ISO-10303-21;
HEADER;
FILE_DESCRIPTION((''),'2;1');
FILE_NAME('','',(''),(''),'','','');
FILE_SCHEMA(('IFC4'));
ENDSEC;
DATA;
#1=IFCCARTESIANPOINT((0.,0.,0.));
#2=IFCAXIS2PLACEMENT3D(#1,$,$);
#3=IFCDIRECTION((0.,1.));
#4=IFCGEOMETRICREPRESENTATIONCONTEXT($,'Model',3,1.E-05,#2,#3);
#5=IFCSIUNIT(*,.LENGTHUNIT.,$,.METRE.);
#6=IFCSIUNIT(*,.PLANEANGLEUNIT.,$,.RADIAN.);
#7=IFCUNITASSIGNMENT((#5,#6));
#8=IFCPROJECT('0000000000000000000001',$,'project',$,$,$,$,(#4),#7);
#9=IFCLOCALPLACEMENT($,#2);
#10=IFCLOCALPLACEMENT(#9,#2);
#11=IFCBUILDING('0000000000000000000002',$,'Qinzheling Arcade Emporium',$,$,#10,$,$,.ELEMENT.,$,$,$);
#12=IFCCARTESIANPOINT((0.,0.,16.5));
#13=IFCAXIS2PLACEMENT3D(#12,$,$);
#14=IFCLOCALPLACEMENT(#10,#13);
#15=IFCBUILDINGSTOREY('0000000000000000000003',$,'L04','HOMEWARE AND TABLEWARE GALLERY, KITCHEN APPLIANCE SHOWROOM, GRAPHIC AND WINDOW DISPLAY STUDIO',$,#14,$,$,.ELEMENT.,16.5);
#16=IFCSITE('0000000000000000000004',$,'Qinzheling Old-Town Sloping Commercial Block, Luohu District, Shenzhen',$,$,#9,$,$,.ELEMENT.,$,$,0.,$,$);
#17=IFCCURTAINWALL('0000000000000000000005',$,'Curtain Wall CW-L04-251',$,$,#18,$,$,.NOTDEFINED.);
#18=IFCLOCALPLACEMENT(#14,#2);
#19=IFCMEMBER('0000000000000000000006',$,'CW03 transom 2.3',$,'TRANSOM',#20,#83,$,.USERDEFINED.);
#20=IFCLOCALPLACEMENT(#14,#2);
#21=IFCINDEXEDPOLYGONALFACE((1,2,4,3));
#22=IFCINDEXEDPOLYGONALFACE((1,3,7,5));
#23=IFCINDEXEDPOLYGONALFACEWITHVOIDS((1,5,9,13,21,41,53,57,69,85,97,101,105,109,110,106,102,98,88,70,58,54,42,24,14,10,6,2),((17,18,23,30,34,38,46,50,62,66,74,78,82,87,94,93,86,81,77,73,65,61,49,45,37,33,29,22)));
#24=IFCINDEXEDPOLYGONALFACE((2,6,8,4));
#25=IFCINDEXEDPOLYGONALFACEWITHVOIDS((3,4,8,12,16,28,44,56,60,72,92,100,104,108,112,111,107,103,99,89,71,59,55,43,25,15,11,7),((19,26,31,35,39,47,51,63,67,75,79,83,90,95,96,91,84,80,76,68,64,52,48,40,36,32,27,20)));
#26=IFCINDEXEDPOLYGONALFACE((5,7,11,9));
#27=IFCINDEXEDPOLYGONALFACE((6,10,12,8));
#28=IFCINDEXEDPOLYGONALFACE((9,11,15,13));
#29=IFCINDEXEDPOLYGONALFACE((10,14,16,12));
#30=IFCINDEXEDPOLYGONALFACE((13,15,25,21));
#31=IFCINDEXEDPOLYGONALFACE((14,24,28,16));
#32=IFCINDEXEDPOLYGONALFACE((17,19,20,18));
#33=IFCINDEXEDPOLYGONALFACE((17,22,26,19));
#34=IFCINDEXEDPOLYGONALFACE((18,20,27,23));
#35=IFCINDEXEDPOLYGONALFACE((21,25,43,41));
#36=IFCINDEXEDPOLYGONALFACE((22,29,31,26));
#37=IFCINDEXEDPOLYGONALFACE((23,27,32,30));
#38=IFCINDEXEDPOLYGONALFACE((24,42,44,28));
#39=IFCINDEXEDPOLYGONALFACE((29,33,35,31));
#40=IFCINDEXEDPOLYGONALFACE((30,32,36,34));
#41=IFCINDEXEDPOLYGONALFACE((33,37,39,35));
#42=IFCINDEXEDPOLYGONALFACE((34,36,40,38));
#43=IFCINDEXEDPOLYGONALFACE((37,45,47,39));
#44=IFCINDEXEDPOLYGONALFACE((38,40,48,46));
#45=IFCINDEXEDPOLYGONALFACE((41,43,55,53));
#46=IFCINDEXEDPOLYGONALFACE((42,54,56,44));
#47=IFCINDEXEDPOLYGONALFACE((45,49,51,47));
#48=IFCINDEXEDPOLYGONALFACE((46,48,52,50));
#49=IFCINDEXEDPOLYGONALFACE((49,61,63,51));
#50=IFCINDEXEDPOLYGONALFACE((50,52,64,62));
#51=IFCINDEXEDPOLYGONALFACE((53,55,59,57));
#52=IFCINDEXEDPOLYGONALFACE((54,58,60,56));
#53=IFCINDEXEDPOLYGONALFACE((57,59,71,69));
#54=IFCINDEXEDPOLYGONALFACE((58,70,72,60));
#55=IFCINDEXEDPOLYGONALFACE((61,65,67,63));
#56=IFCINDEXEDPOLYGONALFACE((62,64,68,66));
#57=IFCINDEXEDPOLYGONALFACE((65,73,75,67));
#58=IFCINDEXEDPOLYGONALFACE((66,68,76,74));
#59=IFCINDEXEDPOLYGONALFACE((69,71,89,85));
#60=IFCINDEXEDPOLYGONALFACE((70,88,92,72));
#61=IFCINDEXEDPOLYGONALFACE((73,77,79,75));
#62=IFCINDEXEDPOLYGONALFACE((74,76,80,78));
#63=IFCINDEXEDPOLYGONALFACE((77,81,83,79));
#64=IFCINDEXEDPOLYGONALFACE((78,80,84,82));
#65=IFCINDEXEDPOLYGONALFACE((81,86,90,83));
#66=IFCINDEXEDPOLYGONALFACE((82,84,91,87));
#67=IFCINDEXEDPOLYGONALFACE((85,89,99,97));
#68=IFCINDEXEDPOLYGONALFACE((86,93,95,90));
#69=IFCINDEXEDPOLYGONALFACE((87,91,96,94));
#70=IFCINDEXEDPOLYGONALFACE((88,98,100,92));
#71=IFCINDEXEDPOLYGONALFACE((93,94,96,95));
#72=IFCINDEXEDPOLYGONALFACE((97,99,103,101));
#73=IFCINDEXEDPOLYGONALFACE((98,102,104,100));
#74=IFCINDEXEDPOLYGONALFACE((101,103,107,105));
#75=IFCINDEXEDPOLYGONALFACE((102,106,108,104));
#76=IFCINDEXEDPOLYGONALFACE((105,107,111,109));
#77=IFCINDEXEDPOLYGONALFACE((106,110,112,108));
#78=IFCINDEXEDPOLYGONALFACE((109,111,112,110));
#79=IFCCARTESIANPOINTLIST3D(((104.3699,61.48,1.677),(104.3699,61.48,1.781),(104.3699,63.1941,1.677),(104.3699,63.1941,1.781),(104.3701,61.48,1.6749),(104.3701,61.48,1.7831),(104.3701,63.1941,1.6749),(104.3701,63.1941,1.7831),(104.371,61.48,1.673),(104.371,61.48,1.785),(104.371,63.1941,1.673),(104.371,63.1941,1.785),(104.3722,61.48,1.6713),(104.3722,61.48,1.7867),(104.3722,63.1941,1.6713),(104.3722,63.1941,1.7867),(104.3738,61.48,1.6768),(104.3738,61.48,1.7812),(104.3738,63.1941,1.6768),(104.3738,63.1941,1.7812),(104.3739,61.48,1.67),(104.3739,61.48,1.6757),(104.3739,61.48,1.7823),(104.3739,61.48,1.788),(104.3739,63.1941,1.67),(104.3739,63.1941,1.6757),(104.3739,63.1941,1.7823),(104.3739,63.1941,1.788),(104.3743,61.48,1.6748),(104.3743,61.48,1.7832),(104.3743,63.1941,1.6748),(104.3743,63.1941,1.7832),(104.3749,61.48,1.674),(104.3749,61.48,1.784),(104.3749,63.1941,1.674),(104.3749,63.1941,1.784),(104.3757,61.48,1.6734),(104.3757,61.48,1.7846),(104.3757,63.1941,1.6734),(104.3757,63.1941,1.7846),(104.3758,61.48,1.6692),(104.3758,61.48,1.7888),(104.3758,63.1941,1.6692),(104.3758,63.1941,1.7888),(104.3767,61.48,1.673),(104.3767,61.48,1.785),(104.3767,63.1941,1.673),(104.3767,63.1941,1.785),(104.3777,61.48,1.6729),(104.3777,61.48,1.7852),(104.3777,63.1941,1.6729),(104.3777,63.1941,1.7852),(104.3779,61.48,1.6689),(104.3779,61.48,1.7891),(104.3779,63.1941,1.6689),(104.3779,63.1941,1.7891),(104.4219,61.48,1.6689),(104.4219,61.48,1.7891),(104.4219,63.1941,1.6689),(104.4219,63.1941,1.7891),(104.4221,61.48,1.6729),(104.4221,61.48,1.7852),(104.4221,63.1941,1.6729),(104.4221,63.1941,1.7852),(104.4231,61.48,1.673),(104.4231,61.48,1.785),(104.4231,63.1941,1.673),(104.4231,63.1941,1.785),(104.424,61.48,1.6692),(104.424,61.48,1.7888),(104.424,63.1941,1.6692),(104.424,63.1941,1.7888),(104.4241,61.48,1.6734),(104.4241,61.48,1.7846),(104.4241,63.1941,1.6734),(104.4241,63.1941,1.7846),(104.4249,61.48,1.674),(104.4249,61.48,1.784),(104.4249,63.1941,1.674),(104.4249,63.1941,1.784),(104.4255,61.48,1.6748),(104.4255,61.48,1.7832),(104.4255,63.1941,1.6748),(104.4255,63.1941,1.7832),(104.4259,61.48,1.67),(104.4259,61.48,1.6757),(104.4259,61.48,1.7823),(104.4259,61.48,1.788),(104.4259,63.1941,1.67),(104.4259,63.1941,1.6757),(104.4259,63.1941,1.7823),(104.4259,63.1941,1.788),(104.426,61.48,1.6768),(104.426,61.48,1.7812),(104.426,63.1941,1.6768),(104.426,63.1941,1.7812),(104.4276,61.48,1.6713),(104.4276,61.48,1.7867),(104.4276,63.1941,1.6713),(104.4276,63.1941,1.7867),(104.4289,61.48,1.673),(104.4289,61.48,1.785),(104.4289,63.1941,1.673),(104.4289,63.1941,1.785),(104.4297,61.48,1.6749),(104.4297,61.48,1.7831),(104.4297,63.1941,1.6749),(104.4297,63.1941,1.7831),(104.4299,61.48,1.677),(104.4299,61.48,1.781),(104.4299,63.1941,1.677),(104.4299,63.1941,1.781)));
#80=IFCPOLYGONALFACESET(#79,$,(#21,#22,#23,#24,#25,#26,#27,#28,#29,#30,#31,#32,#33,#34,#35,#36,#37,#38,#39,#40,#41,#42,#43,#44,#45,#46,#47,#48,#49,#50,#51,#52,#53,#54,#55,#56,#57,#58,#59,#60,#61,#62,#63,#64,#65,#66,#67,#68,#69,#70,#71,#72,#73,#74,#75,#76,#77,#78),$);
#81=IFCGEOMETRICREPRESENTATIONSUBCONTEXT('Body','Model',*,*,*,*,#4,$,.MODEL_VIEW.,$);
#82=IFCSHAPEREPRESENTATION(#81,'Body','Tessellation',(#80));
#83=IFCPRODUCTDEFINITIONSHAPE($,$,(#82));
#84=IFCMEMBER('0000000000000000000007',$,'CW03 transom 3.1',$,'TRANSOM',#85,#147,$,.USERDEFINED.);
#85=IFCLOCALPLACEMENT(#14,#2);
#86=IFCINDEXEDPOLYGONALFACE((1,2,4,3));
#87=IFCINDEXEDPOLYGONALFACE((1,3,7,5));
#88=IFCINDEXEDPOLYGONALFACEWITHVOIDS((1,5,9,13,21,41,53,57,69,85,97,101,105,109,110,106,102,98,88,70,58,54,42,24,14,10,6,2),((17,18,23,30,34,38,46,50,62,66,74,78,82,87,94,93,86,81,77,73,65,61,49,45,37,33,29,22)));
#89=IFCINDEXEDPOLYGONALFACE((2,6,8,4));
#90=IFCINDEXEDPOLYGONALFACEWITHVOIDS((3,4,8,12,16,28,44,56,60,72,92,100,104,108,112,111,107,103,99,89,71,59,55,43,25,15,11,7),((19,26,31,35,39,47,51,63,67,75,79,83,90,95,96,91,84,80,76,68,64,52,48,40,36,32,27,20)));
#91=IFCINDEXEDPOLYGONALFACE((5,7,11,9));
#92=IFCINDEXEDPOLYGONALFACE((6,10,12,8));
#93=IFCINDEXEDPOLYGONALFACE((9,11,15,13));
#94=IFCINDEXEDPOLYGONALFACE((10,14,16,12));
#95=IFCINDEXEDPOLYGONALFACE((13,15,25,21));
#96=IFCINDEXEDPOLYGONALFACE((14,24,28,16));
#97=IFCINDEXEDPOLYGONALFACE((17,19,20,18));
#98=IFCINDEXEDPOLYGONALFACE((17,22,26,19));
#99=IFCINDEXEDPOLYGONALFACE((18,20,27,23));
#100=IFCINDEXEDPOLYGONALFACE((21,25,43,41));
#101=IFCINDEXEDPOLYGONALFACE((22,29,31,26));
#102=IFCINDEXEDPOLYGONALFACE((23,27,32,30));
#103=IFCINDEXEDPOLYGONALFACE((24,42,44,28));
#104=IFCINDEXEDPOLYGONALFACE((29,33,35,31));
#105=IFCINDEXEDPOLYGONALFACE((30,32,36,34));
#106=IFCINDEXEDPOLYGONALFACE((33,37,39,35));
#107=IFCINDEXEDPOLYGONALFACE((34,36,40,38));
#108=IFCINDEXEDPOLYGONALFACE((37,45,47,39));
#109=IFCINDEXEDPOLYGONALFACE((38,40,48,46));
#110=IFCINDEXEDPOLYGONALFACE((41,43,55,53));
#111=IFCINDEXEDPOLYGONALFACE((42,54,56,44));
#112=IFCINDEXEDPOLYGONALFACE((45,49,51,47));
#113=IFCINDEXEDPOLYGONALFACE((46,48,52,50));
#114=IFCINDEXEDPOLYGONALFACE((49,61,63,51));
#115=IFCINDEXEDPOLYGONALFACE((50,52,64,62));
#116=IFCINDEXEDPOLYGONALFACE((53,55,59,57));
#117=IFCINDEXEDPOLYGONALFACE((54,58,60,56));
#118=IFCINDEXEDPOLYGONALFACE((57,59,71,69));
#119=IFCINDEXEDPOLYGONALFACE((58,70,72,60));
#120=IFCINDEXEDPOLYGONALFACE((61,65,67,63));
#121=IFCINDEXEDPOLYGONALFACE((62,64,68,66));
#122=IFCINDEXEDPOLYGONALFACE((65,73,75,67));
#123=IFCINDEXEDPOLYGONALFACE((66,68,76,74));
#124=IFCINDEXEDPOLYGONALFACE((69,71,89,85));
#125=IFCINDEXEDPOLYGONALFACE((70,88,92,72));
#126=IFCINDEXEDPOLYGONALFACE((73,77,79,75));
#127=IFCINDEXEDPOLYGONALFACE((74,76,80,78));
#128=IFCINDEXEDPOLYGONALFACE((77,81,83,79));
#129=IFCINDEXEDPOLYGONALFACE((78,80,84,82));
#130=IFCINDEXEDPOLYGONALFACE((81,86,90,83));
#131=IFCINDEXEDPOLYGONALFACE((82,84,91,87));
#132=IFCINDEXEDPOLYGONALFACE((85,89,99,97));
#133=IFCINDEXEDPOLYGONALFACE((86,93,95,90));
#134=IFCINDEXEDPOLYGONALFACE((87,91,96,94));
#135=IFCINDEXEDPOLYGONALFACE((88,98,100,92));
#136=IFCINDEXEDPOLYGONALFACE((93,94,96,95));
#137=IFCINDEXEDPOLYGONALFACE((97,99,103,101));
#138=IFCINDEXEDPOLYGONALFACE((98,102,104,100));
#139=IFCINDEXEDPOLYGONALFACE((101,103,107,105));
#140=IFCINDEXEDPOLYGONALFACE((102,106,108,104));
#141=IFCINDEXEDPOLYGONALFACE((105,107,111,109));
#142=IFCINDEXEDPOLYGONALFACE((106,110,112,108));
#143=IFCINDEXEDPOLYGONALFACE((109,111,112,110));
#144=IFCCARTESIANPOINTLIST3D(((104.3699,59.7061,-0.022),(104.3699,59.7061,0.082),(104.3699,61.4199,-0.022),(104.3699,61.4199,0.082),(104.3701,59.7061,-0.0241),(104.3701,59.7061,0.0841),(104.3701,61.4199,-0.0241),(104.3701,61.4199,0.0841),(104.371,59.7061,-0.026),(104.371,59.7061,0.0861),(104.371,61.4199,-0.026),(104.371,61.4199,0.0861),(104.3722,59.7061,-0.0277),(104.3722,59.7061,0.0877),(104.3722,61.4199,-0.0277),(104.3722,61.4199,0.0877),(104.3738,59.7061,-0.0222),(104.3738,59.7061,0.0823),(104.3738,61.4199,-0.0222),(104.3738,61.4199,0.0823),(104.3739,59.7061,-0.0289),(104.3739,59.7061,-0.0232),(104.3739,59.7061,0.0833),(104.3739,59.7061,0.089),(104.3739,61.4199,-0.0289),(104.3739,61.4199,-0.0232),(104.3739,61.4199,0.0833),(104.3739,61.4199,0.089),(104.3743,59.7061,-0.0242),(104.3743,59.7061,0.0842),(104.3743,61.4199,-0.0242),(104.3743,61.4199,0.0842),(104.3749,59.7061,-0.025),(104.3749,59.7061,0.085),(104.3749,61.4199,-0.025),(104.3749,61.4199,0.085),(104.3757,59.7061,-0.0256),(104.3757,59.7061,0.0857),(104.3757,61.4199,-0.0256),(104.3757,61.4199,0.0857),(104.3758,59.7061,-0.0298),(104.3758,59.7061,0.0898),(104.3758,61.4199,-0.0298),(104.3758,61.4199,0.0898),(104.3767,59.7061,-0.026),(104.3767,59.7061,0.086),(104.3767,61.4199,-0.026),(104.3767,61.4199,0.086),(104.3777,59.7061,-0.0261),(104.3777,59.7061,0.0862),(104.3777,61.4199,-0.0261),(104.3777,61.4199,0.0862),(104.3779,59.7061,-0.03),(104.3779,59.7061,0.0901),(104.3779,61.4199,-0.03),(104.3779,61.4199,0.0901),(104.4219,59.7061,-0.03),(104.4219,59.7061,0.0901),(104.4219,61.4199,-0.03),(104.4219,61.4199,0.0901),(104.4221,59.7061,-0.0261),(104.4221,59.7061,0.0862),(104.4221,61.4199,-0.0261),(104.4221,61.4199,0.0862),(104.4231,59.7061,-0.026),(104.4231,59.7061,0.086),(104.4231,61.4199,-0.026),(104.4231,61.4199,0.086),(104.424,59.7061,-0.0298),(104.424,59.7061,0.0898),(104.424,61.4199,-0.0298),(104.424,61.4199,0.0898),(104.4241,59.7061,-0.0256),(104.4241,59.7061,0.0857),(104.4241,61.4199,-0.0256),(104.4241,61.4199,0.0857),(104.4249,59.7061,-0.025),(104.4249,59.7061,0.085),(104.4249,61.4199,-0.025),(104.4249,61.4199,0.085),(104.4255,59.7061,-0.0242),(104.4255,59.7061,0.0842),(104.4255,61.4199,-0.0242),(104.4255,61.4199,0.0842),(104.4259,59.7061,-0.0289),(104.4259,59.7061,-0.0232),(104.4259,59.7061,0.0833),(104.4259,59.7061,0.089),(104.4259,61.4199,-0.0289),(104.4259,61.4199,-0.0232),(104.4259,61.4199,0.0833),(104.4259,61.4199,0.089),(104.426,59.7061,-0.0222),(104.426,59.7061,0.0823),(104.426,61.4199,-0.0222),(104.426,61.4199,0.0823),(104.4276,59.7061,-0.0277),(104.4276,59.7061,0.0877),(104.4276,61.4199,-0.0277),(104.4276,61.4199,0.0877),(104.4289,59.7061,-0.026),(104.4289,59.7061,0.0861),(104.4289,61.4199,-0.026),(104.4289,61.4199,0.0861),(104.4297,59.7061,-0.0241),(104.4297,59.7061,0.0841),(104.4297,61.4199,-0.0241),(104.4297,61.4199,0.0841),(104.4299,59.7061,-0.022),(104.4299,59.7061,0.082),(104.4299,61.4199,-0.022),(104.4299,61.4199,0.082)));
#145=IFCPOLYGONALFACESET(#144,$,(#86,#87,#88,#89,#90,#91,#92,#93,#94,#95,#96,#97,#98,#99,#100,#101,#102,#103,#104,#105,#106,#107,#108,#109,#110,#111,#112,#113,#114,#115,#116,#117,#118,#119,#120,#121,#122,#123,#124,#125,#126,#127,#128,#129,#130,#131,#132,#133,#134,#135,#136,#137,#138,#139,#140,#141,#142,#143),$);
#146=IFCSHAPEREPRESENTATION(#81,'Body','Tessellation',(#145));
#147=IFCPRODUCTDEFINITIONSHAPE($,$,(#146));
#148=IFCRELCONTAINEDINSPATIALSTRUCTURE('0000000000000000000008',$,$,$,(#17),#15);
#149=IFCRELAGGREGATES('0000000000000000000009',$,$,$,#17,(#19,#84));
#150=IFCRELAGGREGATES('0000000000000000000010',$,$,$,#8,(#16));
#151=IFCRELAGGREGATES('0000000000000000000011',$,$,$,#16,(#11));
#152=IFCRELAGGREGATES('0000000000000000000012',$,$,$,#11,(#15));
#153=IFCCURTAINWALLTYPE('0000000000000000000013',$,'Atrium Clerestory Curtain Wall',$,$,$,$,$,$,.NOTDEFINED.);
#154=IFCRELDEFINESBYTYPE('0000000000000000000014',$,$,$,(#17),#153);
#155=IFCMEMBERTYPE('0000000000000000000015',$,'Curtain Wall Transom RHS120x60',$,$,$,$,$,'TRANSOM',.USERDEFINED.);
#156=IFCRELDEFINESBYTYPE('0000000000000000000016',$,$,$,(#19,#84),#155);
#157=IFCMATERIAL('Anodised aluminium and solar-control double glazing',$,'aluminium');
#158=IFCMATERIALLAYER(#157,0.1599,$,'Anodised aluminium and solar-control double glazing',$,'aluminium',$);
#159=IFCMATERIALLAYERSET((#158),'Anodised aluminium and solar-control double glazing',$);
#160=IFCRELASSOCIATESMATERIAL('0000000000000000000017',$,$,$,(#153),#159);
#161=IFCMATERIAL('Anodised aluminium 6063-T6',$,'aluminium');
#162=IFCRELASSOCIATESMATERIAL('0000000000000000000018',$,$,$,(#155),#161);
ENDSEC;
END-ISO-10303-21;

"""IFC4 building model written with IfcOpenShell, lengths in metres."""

from ifc_helpers import new_model, si_unit, direction, frame, origin, origin_2d, place, context, subcontext, project, spatial, hollow_rectangle, extrude, material, layer, layer_set, material_profile, profile_set, type_object, element, aggregate, save


model = new_model("IFC4")

# Units and contexts
model_context = context("Model", 3, precision=1e-05, world=origin(), true_north=direction((0.0, 1.0)))
body_context = subcontext(model_context, "Body", "Model", "MODEL_VIEW")
ifc_project = project(units=[si_unit("LENGTHUNIT", "METRE"), si_unit("PLANEANGLEUNIT", "RADIAN")], contexts=[model_context])

# Site, building, storey
site_placement = place(None, origin())
site = spatial("IfcSite", under=ifc_project, at=site_placement, Name="Qinzheling Old-Town Sloping Commercial Block, Luohu District, Shenzhen", CompositionType="ELEMENT", RefElevation=0.0)
building_placement = place(site_placement, origin())
building = spatial("IfcBuilding", under=site, at=building_placement, Name="Qinzheling Arcade Emporium", CompositionType="ELEMENT")
storey_placement = place(building_placement, frame((0.0, 0.0, 16.5)))
storey = spatial("IfcBuildingStorey", under=building, at=storey_placement, Name="L04", Description="HOMEWARE AND TABLEWARE GALLERY, KITCHEN APPLIANCE SHOWROOM, GRAPHIC AND WINDOW DISPLAY STUDIO", CompositionType="ELEMENT", Elevation=16.5)

# Curtain wall
ifc_material_1 = material(Name="Anodised aluminium and solar-control double glazing", Category="aluminium")
ifc_layer_1 = layer(ifc_material_1, 0.1599, Name="Anodised aluminium and solar-control double glazing", Category="aluminium")
ifc_layer_set_1 = layer_set([ifc_layer_1], Name="Anodised aluminium and solar-control double glazing")
curtain_wall_type = type_object("IfcCurtainWallType", Name="Atrium Clerestory Curtain Wall", PredefinedType="NOTDEFINED", material=ifc_layer_set_1)
curtain_wall_1_placement = place(storey_placement, origin())
curtain_wall_1 = element("IfcCurtainWall", 1, at=curtain_wall_1_placement, inside=storey, type_object=curtain_wall_type, Name="Curtain Wall CW-L04-251", PredefinedType="NOTDEFINED")
ifc_material_2 = material(Name="Anodised aluminium 6063-T6", Category="aluminium")

# Members
ifc_material_profile_1 = material_profile(ifc_material_2, hollow_rectangle(XDim=0.0601, YDim=0.1201, WallThickness=0.0039, InnerFilletRadius=0.0039, OuterFilletRadius=0.0081, at=origin_2d()), Name="RHS 120x60x4", Category="aluminium")
ifc_profile_set_1 = profile_set([ifc_material_profile_1], Name="Anodised aluminium 6063-T6")
member_type_1 = type_object("IfcMemberType", Name="Curtain Wall Transom RHS120x60", ElementType="TRANSOM", PredefinedType="USERDEFINED", material=ifc_profile_set_1)
member_1_placement = place(storey_placement, frame((104.3999, 63.1941, 1.729), z_axis=(0.0, -1.0, 0.0), x_axis=(1.0, 0.0, 0.0)))
member_1 = element("IfcMember", 2, at=member_1_placement, type_object=member_type_1, Name="CW03 transom 2.3", ObjectType="TRANSOM", PredefinedType="USERDEFINED", context=body_context, shape_type="SweptSolid", body=[
    extrude(hollow_rectangle(XDim=0.0601, YDim=0.1201, WallThickness=0.0039, InnerFilletRadius=0.0039, OuterFilletRadius=0.0081, at=origin_2d()), origin(), (0.0, 0.0, 1.0), 1.7141),
])
member_2_placement = place(storey_placement, frame((104.3999, 61.4199, 0.03), z_axis=(0.0, -1.0, 0.0), x_axis=(1.0, 0.0, 0.0)))
member_2 = element("IfcMember", 3, at=member_2_placement, type_object=member_type_1, Name="CW03 transom 3.1", ObjectType="TRANSOM", PredefinedType="USERDEFINED", context=body_context, shape_type="SweptSolid", body=[
    extrude(hollow_rectangle(XDim=0.0601, YDim=0.1201, WallThickness=0.0039, InnerFilletRadius=0.0039, OuterFilletRadius=0.0081, at=origin_2d()), origin(), (0.0, 0.0, 1.0), 1.7139),
])

aggregate(curtain_wall_1, [member_1, member_2])

save(model, "model.ifc")
